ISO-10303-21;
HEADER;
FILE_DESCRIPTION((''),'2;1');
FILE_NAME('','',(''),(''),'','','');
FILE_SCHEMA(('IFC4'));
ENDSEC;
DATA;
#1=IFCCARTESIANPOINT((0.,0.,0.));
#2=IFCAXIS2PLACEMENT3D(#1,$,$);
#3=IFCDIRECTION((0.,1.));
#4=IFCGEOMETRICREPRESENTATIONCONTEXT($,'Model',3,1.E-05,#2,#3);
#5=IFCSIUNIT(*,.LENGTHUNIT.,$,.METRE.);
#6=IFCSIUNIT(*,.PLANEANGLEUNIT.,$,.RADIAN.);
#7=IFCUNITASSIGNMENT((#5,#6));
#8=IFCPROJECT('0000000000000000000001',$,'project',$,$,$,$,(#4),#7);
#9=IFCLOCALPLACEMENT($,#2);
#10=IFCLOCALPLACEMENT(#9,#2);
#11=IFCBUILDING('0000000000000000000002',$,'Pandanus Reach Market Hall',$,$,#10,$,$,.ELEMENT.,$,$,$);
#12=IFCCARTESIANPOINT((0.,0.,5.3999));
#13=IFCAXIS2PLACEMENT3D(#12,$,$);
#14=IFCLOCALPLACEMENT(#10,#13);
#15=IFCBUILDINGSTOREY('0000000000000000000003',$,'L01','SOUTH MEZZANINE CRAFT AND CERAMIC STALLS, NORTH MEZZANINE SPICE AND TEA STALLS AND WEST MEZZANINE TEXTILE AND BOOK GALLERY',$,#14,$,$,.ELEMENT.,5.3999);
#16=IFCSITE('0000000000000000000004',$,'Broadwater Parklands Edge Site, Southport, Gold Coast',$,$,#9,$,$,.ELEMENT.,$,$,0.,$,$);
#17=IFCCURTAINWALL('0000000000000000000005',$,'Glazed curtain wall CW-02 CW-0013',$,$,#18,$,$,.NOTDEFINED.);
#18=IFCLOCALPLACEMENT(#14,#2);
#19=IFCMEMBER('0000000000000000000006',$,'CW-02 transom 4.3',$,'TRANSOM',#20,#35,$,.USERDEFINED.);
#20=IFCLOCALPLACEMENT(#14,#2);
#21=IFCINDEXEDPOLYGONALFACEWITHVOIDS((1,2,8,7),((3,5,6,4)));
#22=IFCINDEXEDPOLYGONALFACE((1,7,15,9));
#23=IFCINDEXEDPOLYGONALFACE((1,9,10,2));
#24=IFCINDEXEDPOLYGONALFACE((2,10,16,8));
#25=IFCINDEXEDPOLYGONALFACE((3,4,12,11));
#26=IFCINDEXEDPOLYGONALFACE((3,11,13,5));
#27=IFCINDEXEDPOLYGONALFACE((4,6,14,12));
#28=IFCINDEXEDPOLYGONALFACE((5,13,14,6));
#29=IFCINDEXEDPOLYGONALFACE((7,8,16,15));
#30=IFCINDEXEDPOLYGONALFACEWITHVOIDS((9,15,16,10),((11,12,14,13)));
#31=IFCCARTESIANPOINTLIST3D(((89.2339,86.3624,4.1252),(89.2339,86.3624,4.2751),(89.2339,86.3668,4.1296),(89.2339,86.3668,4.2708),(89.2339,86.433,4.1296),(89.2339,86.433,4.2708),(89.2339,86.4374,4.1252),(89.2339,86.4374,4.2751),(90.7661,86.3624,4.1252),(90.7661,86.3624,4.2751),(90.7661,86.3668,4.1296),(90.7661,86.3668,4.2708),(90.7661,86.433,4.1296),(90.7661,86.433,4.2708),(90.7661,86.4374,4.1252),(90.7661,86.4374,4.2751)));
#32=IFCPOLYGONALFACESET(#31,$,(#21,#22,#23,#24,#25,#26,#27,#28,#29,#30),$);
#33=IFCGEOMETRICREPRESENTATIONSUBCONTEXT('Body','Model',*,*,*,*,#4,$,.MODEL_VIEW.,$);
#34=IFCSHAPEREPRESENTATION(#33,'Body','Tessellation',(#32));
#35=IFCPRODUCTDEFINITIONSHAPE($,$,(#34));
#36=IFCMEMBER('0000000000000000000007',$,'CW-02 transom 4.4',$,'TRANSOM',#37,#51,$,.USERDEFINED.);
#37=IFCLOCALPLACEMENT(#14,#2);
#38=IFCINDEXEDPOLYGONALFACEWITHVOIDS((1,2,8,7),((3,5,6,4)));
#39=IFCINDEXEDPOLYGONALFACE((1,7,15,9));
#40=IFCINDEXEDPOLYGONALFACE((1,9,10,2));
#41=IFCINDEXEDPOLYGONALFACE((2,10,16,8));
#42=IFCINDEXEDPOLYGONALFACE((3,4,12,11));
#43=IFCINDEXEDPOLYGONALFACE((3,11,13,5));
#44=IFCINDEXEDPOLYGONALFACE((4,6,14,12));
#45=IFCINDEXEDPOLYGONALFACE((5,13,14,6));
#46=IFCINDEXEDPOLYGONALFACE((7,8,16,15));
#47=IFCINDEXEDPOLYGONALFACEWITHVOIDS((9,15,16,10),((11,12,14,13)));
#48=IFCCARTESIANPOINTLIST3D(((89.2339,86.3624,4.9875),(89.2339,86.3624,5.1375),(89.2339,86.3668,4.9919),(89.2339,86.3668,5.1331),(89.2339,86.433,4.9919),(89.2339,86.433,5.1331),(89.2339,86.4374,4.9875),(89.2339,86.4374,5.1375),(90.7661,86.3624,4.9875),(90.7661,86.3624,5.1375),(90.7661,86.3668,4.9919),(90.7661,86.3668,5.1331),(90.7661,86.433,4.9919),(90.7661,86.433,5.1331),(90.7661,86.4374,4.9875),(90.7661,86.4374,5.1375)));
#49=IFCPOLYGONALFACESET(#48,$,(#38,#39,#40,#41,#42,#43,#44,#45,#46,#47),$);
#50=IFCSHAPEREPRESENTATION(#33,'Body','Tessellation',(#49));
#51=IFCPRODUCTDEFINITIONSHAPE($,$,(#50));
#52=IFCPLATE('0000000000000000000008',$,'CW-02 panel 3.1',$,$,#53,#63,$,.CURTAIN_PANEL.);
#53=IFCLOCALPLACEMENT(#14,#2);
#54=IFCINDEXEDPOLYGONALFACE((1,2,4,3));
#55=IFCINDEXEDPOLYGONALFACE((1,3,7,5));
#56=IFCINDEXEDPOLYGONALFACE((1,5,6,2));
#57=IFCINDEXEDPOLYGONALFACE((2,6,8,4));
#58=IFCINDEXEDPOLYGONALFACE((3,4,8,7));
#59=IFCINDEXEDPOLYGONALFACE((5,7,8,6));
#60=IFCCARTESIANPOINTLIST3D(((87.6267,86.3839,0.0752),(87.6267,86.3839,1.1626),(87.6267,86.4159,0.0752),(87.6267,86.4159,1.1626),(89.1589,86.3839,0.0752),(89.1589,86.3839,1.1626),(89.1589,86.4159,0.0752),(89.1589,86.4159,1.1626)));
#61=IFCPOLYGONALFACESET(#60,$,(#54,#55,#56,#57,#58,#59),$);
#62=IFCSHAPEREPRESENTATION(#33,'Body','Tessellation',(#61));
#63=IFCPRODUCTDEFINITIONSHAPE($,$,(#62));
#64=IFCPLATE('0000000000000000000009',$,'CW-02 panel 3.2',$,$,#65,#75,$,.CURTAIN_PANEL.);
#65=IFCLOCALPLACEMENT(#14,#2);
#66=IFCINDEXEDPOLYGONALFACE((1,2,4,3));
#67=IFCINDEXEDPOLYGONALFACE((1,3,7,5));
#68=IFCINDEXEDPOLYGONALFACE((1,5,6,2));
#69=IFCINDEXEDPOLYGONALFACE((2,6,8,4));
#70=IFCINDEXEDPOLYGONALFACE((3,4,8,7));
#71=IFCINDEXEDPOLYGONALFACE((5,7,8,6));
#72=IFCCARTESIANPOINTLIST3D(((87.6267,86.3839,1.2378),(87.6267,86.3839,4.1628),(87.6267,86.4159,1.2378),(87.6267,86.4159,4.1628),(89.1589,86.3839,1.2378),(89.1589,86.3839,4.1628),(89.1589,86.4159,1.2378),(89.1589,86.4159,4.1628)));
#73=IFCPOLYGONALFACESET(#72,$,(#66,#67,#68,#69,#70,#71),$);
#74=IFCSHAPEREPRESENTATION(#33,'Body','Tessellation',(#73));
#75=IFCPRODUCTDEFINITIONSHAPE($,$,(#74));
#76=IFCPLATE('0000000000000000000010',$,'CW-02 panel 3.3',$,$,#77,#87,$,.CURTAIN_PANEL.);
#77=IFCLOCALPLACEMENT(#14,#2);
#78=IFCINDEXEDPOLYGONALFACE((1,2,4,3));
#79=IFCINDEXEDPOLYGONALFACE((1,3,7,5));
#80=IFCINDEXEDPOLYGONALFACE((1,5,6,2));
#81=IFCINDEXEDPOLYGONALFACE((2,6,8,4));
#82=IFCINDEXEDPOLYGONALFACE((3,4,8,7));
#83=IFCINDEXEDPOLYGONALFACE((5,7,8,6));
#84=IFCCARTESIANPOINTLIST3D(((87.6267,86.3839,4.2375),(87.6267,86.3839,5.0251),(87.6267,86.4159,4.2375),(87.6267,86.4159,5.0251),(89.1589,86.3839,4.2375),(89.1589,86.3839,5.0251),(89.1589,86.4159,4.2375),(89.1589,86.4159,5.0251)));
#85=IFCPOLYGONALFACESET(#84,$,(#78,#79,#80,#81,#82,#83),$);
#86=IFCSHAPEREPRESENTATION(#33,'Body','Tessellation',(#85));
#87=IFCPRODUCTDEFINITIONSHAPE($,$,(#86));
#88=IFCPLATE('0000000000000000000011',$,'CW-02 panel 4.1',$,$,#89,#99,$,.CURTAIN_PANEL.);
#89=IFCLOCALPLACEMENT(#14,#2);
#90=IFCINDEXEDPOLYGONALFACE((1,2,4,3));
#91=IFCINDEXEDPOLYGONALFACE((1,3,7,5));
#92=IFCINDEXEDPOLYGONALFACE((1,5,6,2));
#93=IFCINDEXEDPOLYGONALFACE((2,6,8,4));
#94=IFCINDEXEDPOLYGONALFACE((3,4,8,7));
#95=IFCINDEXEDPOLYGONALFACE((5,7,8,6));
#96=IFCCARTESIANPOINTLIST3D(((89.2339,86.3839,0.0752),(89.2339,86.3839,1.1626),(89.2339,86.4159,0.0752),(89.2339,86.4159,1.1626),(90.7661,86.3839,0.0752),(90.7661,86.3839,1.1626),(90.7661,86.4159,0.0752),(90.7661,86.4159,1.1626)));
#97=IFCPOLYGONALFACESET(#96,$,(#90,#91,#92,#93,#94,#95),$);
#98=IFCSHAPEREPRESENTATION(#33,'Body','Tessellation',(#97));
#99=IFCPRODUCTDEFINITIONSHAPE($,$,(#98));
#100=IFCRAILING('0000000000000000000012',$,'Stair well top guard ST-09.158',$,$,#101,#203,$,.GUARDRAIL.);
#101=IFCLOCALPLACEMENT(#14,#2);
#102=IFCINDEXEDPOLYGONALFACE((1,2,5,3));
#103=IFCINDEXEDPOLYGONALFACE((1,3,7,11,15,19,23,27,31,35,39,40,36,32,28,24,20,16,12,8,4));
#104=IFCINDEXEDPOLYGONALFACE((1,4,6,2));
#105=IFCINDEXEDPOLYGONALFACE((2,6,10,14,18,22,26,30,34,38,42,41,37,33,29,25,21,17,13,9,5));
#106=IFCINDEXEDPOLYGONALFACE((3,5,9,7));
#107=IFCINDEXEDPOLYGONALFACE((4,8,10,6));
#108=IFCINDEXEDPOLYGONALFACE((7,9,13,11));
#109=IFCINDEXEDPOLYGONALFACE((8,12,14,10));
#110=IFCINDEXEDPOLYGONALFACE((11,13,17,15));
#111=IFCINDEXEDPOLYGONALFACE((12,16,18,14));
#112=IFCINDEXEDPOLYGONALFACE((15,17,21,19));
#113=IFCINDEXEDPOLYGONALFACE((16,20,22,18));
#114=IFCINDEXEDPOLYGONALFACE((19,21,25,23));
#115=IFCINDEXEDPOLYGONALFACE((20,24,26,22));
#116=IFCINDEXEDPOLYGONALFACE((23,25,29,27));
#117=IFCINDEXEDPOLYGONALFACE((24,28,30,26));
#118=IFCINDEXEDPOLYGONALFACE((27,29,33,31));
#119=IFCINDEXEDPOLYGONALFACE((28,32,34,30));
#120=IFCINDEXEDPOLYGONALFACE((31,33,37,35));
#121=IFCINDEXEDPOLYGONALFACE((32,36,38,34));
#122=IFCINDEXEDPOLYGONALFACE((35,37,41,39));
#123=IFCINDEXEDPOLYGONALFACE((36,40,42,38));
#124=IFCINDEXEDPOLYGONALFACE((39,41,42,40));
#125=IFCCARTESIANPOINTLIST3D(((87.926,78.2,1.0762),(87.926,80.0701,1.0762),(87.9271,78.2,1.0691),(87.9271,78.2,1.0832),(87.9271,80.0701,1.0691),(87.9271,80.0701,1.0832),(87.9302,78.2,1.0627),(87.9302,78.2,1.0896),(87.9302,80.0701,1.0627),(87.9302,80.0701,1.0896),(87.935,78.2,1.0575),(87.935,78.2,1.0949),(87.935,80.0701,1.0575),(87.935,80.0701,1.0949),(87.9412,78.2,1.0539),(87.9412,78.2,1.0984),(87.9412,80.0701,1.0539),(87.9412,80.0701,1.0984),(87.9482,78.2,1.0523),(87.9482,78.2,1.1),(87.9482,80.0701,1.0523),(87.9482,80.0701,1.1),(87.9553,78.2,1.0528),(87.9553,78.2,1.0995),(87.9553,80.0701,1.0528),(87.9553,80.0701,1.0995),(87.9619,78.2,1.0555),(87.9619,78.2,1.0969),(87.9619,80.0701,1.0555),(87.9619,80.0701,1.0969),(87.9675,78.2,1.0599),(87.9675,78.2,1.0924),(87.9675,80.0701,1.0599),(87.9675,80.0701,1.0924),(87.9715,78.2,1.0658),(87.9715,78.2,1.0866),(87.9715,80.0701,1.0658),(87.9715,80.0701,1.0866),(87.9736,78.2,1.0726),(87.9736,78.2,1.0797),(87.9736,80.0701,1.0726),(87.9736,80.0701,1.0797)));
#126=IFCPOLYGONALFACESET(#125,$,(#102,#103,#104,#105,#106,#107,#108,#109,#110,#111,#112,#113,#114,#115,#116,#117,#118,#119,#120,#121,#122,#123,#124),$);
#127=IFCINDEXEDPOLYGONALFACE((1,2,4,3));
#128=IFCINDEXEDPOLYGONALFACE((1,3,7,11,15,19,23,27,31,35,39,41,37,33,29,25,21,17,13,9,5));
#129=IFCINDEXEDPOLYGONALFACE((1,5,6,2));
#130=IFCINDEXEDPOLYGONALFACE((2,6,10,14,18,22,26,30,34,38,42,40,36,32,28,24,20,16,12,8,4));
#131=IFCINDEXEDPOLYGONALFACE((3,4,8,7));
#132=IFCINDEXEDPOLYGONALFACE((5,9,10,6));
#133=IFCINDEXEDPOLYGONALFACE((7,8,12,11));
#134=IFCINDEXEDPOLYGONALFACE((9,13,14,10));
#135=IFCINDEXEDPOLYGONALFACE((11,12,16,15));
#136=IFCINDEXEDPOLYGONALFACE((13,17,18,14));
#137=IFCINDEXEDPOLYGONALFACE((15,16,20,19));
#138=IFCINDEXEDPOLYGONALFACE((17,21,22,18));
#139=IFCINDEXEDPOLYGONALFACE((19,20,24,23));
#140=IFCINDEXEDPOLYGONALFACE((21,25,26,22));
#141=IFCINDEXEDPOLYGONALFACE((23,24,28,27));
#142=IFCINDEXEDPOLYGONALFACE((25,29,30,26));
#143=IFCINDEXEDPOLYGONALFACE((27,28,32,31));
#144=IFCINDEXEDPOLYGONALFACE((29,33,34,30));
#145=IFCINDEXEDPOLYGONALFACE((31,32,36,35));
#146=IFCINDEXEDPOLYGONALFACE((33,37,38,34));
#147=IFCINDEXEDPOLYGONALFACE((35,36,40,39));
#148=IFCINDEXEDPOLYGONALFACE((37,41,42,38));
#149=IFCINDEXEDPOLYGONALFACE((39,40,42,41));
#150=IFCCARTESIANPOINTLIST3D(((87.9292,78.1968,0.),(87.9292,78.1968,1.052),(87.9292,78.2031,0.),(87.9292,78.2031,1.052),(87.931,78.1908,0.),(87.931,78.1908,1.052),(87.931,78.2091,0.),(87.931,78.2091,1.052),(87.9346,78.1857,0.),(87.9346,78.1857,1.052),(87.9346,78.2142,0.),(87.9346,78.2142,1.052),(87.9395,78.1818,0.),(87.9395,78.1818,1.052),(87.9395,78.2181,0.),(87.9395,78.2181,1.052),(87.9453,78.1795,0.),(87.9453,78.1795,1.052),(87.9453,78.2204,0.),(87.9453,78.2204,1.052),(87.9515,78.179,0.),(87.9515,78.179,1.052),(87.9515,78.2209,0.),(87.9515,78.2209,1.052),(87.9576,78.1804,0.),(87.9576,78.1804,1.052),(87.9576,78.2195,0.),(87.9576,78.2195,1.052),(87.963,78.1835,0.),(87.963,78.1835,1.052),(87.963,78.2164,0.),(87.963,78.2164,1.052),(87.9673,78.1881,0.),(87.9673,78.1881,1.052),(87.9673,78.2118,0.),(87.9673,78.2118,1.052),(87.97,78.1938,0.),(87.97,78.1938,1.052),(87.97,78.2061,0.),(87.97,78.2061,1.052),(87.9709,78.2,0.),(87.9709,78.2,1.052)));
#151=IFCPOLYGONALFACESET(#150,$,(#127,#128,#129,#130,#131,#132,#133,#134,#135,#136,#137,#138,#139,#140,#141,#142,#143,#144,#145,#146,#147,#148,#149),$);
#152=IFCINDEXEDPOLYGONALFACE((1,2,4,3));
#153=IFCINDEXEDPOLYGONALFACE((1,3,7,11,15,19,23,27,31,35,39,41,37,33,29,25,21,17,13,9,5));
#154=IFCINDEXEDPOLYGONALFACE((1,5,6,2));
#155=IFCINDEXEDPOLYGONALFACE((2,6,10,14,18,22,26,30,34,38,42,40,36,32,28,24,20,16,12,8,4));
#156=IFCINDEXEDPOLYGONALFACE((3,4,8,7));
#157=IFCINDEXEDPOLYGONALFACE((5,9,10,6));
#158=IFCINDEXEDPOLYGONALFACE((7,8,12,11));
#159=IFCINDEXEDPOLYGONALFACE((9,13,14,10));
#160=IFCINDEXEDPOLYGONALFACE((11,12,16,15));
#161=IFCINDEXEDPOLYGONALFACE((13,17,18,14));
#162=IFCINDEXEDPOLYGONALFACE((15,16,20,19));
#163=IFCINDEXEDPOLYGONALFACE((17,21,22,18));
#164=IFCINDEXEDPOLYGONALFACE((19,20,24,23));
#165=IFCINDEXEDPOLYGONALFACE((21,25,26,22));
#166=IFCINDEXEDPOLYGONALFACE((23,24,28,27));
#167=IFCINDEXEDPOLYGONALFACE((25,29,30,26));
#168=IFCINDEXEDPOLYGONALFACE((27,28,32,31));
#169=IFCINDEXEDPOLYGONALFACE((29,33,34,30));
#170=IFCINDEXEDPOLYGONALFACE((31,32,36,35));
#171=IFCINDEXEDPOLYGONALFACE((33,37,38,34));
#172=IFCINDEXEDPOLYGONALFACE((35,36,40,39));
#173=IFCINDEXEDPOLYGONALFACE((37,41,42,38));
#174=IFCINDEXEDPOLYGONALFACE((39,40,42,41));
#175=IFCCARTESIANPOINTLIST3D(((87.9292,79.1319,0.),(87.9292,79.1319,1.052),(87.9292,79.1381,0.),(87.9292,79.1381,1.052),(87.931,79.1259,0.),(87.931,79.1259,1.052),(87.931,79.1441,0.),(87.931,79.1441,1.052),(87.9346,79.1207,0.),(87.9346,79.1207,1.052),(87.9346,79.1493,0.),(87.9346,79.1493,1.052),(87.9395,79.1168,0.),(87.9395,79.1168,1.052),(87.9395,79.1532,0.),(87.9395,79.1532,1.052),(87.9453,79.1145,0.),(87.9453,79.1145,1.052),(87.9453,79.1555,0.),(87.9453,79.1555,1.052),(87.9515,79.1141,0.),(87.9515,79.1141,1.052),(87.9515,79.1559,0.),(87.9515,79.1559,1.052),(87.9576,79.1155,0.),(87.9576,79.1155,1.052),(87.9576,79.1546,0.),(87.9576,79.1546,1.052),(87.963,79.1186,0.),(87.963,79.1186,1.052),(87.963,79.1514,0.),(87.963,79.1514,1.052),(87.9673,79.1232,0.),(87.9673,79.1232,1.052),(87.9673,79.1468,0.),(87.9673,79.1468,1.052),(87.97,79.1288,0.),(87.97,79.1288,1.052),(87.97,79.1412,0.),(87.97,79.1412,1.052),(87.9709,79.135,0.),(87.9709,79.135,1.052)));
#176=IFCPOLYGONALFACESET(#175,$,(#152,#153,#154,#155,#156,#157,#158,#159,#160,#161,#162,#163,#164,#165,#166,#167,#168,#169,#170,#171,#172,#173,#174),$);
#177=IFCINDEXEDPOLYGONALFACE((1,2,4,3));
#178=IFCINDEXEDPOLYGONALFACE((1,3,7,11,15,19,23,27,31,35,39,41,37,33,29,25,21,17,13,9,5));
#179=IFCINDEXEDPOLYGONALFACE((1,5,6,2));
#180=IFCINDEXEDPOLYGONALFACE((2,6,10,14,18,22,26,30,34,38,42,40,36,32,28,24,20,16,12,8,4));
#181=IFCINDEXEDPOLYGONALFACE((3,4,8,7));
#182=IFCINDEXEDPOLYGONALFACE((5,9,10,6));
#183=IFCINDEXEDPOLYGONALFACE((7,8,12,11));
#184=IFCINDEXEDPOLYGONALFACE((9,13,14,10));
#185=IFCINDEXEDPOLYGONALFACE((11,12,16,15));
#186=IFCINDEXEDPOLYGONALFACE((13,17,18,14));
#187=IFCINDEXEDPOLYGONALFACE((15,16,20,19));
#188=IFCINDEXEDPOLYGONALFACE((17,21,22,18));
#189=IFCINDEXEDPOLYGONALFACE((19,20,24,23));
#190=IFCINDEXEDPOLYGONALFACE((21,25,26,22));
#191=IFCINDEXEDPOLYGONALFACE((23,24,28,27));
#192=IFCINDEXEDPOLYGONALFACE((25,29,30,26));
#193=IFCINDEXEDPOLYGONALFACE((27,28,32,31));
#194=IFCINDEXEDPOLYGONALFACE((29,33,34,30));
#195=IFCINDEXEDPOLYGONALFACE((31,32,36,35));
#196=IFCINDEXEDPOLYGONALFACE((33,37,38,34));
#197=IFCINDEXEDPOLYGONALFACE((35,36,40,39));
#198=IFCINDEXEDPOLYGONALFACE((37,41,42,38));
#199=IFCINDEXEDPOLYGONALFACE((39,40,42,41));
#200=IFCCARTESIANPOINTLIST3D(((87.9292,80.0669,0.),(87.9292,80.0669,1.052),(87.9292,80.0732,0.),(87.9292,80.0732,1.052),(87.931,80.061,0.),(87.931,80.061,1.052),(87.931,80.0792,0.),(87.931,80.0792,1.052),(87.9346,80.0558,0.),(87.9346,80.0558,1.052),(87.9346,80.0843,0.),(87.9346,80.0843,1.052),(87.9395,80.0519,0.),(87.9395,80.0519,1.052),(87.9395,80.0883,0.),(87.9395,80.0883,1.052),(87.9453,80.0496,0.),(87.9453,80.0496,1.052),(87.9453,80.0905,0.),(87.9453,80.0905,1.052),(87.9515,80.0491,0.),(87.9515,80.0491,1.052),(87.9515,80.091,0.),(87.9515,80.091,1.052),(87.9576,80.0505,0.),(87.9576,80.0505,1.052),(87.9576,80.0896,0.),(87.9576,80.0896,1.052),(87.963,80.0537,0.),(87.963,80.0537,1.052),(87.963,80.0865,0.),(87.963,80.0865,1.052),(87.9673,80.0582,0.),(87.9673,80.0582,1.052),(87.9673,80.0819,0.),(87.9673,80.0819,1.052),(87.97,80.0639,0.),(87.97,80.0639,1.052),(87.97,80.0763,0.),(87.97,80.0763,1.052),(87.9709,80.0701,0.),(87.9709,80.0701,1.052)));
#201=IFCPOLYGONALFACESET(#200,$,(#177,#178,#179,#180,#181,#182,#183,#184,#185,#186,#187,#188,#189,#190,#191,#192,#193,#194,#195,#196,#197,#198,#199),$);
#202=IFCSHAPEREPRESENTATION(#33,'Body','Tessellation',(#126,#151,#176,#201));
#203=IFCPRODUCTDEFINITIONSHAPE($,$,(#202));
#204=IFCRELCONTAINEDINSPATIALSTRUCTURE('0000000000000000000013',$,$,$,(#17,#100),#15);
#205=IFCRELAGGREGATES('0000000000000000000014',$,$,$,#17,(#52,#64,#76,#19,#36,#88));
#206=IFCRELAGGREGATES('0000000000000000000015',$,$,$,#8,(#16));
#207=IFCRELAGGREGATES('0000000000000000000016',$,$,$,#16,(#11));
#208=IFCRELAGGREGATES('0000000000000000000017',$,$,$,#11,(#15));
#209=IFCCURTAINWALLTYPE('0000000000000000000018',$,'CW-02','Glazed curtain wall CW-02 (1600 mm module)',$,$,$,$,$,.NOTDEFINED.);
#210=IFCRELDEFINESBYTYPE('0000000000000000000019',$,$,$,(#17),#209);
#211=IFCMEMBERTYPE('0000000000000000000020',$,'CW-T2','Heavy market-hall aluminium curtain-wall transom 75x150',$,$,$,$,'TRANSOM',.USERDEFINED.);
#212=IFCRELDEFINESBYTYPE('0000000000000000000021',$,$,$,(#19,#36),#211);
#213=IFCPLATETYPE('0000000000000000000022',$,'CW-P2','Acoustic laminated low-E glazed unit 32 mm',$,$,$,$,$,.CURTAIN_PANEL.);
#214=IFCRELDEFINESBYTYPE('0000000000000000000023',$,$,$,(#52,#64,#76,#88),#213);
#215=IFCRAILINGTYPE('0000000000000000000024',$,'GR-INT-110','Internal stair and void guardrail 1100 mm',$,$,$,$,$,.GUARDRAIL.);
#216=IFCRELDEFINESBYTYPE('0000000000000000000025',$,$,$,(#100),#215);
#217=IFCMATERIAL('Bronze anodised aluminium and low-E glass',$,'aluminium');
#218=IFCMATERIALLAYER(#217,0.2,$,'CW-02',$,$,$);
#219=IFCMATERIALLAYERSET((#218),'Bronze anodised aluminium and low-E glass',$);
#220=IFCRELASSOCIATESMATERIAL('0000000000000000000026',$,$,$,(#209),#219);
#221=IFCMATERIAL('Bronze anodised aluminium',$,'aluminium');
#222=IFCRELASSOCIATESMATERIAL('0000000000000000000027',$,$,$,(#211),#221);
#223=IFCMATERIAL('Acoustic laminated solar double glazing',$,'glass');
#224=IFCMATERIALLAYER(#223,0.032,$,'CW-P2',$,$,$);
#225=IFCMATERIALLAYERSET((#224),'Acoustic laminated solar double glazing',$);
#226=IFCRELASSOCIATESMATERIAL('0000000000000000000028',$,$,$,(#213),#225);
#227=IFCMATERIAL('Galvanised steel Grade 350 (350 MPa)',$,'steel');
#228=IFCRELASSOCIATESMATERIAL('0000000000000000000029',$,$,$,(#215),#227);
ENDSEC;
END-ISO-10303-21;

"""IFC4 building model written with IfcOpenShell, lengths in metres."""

from ifc_helpers import new_model, si_unit, direction, frame, origin, origin_2d, place, context, subcontext, project, spatial, rectangle, hollow_rectangle, circle, extrude, material, layer, layer_set, material_profile, profile_set, type_object, element, aggregate, save


model = new_model("IFC4")

# Units and contexts
model_context = context("Model", 3, precision=1e-05, world=origin(), true_north=direction((0.0, 1.0)))
body_context = subcontext(model_context, "Body", "Model", "MODEL_VIEW")
ifc_project = project(units=[si_unit("LENGTHUNIT", "METRE"), si_unit("PLANEANGLEUNIT", "RADIAN")], contexts=[model_context])

# Site, building, storey
site_placement = place(None, origin())
site = spatial("IfcSite", under=ifc_project, at=site_placement, Name="Broadwater Parklands Edge Site, Southport, Gold Coast", CompositionType="ELEMENT", RefElevation=0.0)
building_placement = place(site_placement, origin())
building = spatial("IfcBuilding", under=site, at=building_placement, Name="Pandanus Reach Market Hall", CompositionType="ELEMENT")
storey_placement = place(building_placement, frame((0.0, 0.0, 5.3999)))
storey = spatial("IfcBuildingStorey", under=building, at=storey_placement, Name="L01", Description="SOUTH MEZZANINE CRAFT AND CERAMIC STALLS, NORTH MEZZANINE SPICE AND TEA STALLS AND WEST MEZZANINE TEXTILE AND BOOK GALLERY", CompositionType="ELEMENT", Elevation=5.3999)

# Curtain wall, members, plates
ifc_material_1 = material(Name="Bronze anodised aluminium and low-E glass", Category="aluminium")
ifc_layer_1 = layer(ifc_material_1, 0.2, Name="CW-02")
ifc_layer_set_1 = layer_set([ifc_layer_1], Name="Bronze anodised aluminium and low-E glass")
curtain_wall_type = type_object("IfcCurtainWallType", Name="CW-02", Description="Glazed curtain wall CW-02 (1600 mm module)", PredefinedType="NOTDEFINED", material=ifc_layer_set_1)
curtain_wall_placement = place(storey_placement, origin())
curtain_wall = element("IfcCurtainWall", 1, at=curtain_wall_placement, inside=storey, type_object=curtain_wall_type, Name="Glazed curtain wall CW-02 CW-0013", PredefinedType="NOTDEFINED")
ifc_material_2 = material(Name="Bronze anodised aluminium", Category="aluminium")
ifc_material_profile_1 = material_profile(ifc_material_2, hollow_rectangle(XDim=0.075, YDim=0.1499, WallThickness=0.0044, at=origin_2d()), Name="ALU75x150", Category="LoadBearing")
ifc_profile_set_1 = profile_set([ifc_material_profile_1], Name="Bronze anodised aluminium")
member_type_1 = type_object("IfcMemberType", Name="CW-T2", Description="Heavy market-hall aluminium curtain-wall transom 75x150", ElementType="TRANSOM", PredefinedType="USERDEFINED", material=ifc_profile_set_1)
member_1_placement = place(storey_placement, frame((89.2339, 86.3999, 4.2002), z_axis=(1.0, 0.0, 0.0), x_axis=(0.0, 1.0, 0.0)))
member_1 = element("IfcMember", 2, at=member_1_placement, type_object=member_type_1, Name="CW-02 transom 4.3", ObjectType="TRANSOM", PredefinedType="USERDEFINED", context=body_context, shape_type="SweptSolid", body=[
    extrude(hollow_rectangle(XDim=0.075, YDim=0.1499, WallThickness=0.0044, at=origin_2d()), origin(), (0.0, 0.0, 1.0), 1.5322),
])
member_2_placement = place(storey_placement, frame((89.2339, 86.3999, 5.0625), z_axis=(1.0, 0.0, 0.0), x_axis=(0.0, 1.0, 0.0)))
member_2 = element("IfcMember", 3, at=member_2_placement, type_object=member_type_1, Name="CW-02 transom 4.4", ObjectType="TRANSOM", PredefinedType="USERDEFINED", context=body_context, shape_type="SweptSolid", body=[
    extrude(hollow_rectangle(XDim=0.075, YDim=0.1499, WallThickness=0.0044, at=origin_2d()), origin(), (0.0, 0.0, 1.0), 1.5322),
])
ifc_material_3 = material(Name="Acoustic laminated solar double glazing", Category="glass")
ifc_layer_2 = layer(ifc_material_3, 0.032, Name="CW-P2")
ifc_layer_set_2 = layer_set([ifc_layer_2], Name="Acoustic laminated solar double glazing")
plate_type = type_object("IfcPlateType", Name="CW-P2", Description="Acoustic laminated low-E glazed unit 32 mm", PredefinedType="CURTAIN_PANEL", material=ifc_layer_set_2)
plate_1_placement = place(storey_placement, frame((88.3928, 86.3999, 0.0752), z_axis=(0.0, 0.0, 1.0), x_axis=(1.0, 0.0, 0.0)))
plate_1 = element("IfcPlate", 4, at=plate_1_placement, type_object=plate_type, Name="CW-02 panel 3.1", PredefinedType="CURTAIN_PANEL", context=body_context, shape_type="SweptSolid", body=[
    extrude(rectangle(XDim=1.5322, YDim=0.032, at=origin_2d()), origin(), (0.0, 0.0, 1.0), 1.0874),
])
plate_2_placement = place(storey_placement, frame((88.3928, 86.3999, 1.2378), z_axis=(0.0, 0.0, 1.0), x_axis=(1.0, 0.0, 0.0)))
plate_2 = element("IfcPlate", 5, at=plate_2_placement, type_object=plate_type, Name="CW-02 panel 3.2", PredefinedType="CURTAIN_PANEL", context=body_context, shape_type="SweptSolid", body=[
    extrude(rectangle(XDim=1.5322, YDim=0.032, at=origin_2d()), origin(), (0.0, 0.0, 1.0), 2.925),
])
plate_3_placement = place(storey_placement, frame((88.3928, 86.3999, 4.2375), z_axis=(0.0, 0.0, 1.0), x_axis=(1.0, 0.0, 0.0)))
plate_3 = element("IfcPlate", 6, at=plate_3_placement, type_object=plate_type, Name="CW-02 panel 3.3", PredefinedType="CURTAIN_PANEL", context=body_context, shape_type="SweptSolid", body=[
    extrude(rectangle(XDim=1.5322, YDim=0.032, at=origin_2d()), origin(), (0.0, 0.0, 1.0), 0.7876),
])
plate_4_placement = place(storey_placement, frame((90.0, 86.3999, 0.0752), z_axis=(0.0, 0.0, 1.0), x_axis=(1.0, 0.0, 0.0)))
plate_4 = element("IfcPlate", 7, at=plate_4_placement, type_object=plate_type, Name="CW-02 panel 4.1", PredefinedType="CURTAIN_PANEL", context=body_context, shape_type="SweptSolid", body=[
    extrude(rectangle(XDim=1.5322, YDim=0.032, at=origin_2d()), origin(), (0.0, 0.0, 1.0), 1.0874),
])
aggregate(curtain_wall, [plate_1, plate_2, plate_3, member_1, member_2, plate_4])

# Railing
ifc_material_4 = material(Name="Galvanised steel Grade 350 (350 MPa)", Category="steel")
railing_type = type_object("IfcRailingType", Name="GR-INT-110", Description="Internal stair and void guardrail 1100 mm", PredefinedType="GUARDRAIL", material=ifc_material_4)
railing_placement = place(storey_placement, frame((87.95, 78.2, 0.0)))
element("IfcRailing", 8, at=railing_placement, inside=storey, type_object=railing_type, Name="Stair well top guard ST-09.158", PredefinedType="GUARDRAIL", context=body_context, shape_type="SweptSolid", body=[
    extrude(circle(Radius=0.0239, at=origin_2d()), frame((0.0, 0.0, 1.0762), z_axis=(0.0, 1.0, 0.0), x_axis=(-1.0, 0.0, 0.0)), (0.0, 0.0, 1.0), 1.8701),
    extrude(circle(Radius=0.021, at=origin_2d()), origin(), (0.0, 0.0, 1.0), 1.052),
    extrude(circle(Radius=0.021, at=origin_2d()), frame((0.0, 0.9351, 0.0)), (0.0, 0.0, 1.0), 1.052),
    extrude(circle(Radius=0.021, at=origin_2d()), frame((0.0, 1.8701, 0.0)), (0.0, 0.0, 1.0), 1.052),
])

save(model, "model.ifc")
